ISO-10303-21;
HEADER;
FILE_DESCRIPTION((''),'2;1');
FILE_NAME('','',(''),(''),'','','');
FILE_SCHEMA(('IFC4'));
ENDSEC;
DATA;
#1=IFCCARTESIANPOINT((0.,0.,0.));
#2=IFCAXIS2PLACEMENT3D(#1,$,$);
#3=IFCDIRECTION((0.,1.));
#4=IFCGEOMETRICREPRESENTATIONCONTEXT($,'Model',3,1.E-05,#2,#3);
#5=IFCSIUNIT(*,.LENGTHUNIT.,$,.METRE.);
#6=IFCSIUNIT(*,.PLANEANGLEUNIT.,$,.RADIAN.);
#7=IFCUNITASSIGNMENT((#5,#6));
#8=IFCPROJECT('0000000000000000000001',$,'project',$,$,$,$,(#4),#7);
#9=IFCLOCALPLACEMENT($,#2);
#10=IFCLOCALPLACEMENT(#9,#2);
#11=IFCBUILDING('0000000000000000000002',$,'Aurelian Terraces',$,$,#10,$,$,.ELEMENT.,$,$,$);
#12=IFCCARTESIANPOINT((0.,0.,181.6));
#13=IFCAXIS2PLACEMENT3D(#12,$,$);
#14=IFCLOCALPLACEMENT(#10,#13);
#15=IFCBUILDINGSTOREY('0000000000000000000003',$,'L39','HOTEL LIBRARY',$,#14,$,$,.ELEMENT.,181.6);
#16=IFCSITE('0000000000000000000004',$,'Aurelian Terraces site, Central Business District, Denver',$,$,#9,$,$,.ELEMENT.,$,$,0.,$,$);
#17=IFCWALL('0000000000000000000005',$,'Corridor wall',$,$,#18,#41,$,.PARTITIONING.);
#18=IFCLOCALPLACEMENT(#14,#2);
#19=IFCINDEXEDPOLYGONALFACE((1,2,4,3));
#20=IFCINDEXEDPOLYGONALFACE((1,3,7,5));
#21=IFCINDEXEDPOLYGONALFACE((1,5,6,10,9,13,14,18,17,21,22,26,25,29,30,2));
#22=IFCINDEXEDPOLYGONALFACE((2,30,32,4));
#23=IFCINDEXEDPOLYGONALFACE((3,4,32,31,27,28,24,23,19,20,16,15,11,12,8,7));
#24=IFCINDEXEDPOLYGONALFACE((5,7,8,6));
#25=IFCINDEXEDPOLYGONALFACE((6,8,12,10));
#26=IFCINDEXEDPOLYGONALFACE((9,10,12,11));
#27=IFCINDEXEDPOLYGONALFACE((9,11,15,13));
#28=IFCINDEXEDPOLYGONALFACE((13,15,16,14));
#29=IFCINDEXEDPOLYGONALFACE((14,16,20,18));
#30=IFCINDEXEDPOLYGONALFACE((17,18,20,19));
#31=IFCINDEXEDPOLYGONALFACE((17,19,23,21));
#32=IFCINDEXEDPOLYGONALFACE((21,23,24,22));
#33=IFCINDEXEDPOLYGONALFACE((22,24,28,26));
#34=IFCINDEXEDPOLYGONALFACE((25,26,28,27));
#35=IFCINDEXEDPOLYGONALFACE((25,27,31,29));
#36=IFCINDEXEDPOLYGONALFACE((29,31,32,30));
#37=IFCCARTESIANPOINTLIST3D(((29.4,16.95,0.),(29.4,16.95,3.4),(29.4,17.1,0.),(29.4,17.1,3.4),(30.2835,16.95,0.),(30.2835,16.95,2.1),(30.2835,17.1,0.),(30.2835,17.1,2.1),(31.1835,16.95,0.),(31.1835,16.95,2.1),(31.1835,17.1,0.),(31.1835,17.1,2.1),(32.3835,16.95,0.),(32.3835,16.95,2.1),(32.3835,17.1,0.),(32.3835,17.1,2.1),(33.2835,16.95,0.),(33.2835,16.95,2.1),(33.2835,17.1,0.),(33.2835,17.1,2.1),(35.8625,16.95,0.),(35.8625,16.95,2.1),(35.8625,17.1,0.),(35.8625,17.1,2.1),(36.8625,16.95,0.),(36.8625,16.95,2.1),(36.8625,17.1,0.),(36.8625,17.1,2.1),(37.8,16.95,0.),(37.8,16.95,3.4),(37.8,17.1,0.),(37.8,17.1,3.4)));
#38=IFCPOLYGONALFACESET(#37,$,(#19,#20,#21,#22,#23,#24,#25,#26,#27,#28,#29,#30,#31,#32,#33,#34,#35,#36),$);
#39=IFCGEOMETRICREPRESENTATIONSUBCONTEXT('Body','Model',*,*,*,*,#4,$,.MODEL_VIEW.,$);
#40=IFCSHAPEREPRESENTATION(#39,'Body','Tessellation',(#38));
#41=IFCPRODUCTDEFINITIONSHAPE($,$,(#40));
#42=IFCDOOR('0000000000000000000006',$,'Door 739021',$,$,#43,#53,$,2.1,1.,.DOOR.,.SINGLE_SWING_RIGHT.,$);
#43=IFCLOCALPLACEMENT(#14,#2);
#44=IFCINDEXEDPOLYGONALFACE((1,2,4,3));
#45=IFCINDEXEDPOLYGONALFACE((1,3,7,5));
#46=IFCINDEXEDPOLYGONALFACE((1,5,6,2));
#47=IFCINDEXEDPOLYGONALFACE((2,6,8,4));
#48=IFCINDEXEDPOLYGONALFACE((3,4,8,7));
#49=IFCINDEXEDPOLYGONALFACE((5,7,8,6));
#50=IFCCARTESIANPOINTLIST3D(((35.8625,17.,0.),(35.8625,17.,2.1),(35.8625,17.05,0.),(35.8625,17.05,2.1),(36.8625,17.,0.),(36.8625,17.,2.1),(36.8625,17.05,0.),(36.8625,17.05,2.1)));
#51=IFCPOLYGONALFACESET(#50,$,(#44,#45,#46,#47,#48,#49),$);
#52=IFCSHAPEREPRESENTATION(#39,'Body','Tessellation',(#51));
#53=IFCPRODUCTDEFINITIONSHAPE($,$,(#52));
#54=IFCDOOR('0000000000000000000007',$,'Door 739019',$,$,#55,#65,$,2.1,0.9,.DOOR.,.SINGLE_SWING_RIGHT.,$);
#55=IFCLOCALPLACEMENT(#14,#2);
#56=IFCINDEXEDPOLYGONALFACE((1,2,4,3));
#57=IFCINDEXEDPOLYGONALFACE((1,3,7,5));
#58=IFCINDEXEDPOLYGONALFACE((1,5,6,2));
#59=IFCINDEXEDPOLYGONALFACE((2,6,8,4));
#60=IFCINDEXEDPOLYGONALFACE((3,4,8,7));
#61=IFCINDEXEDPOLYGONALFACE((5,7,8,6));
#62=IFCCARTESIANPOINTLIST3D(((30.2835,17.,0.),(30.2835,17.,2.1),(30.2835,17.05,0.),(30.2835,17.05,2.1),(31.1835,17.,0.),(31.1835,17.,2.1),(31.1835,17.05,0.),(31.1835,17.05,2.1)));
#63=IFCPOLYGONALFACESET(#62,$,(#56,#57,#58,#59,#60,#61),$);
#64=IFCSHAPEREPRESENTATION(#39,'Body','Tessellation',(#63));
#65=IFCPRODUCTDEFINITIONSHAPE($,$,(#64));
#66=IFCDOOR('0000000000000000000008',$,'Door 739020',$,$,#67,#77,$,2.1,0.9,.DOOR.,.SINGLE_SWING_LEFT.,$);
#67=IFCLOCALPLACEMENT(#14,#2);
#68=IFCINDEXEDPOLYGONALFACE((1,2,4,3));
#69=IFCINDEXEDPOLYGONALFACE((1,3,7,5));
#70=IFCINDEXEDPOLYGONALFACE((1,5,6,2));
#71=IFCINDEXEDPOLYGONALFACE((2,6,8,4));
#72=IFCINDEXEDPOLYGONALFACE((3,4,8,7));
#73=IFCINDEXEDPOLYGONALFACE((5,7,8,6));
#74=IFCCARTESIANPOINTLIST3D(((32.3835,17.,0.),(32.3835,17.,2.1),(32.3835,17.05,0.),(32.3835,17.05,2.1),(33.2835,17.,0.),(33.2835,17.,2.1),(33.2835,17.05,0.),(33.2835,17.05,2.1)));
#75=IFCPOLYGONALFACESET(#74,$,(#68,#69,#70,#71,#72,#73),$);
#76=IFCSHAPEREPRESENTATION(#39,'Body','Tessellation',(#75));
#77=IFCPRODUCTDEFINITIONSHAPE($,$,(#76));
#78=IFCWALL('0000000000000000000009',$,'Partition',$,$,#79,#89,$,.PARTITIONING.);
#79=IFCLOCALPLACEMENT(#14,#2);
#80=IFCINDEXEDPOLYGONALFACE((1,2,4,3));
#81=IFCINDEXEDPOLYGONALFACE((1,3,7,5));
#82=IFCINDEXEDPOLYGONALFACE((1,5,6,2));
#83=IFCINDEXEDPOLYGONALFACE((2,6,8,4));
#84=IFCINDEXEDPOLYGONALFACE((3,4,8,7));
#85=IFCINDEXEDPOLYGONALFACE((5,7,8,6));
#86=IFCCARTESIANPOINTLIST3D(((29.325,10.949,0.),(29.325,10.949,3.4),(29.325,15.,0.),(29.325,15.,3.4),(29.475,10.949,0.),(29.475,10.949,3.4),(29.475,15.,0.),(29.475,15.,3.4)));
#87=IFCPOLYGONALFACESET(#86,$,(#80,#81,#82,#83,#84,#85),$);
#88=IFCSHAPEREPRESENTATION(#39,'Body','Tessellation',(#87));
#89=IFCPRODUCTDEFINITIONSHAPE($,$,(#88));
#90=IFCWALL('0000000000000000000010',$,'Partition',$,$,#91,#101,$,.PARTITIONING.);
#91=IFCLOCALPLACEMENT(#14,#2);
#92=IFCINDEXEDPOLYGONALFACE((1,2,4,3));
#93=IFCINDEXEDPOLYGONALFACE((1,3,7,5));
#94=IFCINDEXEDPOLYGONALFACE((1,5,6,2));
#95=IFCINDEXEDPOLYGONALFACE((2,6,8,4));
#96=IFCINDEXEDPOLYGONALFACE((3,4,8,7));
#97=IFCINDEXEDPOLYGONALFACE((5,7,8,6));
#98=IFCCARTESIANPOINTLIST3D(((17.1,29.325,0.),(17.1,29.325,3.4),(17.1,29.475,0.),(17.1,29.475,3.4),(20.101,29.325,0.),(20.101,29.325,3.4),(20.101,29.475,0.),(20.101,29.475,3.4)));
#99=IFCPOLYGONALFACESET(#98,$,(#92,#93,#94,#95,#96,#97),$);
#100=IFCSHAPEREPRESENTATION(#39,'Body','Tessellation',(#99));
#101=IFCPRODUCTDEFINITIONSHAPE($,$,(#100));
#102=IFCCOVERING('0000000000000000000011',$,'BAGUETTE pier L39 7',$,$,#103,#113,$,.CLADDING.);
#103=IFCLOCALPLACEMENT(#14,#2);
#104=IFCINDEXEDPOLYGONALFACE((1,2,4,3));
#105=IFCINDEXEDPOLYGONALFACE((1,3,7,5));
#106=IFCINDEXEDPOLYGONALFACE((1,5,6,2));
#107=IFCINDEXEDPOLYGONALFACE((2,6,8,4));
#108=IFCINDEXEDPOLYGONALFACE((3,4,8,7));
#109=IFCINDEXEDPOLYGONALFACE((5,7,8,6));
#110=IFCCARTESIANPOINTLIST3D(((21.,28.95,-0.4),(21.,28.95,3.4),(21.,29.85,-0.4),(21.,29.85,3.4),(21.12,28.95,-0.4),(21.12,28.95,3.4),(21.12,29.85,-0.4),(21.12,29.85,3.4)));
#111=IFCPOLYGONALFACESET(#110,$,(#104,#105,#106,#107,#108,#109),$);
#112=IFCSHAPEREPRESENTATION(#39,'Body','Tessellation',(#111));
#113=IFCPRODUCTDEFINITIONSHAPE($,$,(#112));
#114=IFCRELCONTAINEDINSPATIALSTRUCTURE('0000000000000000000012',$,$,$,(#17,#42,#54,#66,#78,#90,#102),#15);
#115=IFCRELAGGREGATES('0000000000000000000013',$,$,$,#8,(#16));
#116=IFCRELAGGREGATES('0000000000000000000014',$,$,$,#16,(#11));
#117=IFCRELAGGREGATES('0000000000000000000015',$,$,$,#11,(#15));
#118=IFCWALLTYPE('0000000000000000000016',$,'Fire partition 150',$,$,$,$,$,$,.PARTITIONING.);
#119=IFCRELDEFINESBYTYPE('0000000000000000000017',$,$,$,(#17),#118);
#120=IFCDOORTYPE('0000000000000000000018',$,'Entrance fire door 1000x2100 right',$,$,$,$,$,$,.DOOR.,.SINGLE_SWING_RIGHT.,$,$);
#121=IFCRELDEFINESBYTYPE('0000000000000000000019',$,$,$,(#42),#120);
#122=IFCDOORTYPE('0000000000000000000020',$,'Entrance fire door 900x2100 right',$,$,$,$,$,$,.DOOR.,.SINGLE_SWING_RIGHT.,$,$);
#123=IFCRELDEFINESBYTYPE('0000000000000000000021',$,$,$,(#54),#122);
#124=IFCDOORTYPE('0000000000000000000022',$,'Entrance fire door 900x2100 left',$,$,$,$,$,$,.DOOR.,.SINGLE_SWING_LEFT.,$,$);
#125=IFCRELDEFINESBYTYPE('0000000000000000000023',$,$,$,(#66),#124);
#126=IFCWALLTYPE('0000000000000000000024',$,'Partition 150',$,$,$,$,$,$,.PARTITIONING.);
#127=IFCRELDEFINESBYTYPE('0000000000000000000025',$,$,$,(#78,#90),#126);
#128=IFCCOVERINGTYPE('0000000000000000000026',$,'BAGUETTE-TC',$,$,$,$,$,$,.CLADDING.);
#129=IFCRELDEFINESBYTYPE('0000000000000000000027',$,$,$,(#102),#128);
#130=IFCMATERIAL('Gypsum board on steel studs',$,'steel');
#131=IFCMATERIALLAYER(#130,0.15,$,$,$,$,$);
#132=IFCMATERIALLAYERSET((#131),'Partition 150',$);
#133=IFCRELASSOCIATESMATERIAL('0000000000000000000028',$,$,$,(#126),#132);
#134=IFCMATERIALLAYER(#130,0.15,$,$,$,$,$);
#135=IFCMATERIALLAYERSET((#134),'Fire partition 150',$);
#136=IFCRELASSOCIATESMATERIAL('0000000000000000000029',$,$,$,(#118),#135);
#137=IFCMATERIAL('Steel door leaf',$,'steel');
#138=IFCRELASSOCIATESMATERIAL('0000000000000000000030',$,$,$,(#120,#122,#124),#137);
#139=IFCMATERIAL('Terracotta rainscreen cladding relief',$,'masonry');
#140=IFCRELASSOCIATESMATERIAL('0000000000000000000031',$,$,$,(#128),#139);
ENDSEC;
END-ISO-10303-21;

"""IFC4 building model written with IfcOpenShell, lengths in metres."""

from ifc_helpers import new_model, si_unit, direction, frame, frame_2d, origin, origin_2d, place, context, subcontext, project, spatial, rectangle, extrude, source, transform, mapped, material, layer, layer_set, type_object, element, fill, save


model = new_model("IFC4")

# Units and contexts
model_context = context("Model", 3, precision=1e-05, world=origin(), true_north=direction((0.0, 1.0)))
body_context = subcontext(model_context, "Body", "Model", "MODEL_VIEW")
ifc_project = project(units=[si_unit("LENGTHUNIT", "METRE"), si_unit("PLANEANGLEUNIT", "RADIAN")], contexts=[model_context])

# Site, building, storey
site_placement = place(None, origin())
site = spatial("IfcSite", under=ifc_project, at=site_placement, Name="Aurelian Terraces site, Central Business District, Denver", CompositionType="ELEMENT", RefElevation=0.0)
building_placement = place(site_placement, origin())
building = spatial("IfcBuilding", under=site, at=building_placement, Name="Aurelian Terraces", CompositionType="ELEMENT")
storey_placement = place(building_placement, frame((0.0, 0.0, 181.6)))
storey = spatial("IfcBuildingStorey", under=building, at=storey_placement, Name="L39", Description="HOTEL LIBRARY", CompositionType="ELEMENT", Elevation=181.6)

# Shared definitions
ifc_material_1 = material(Name="Gypsum board on steel studs", Category="steel")
ifc_layer_1 = layer(ifc_material_1, 0.15)
ifc_layer_set_1 = layer_set([ifc_layer_1], Name="Partition 150")
wall_type_1 = type_object("IfcWallType", Name="Partition 150", PredefinedType="PARTITIONING", material=ifc_layer_set_1)
shared_shape_1 = source(origin(), body_context, "Body", "SweptSolid", [
    extrude(rectangle(XDim=0.9, YDim=2.1, at=frame_2d((0.45, 1.05))), frame((0.0, 0.085, 0.0), z_axis=(0.0, -1.0, 0.0), x_axis=(1.0, 0.0, 0.0)), (0.0, 0.0, 1.0), 0.17),
])
shared_shape_2 = source(origin(), body_context, "Body", "SweptSolid", [
    extrude(rectangle(XDim=0.9, YDim=2.1, at=frame_2d((0.45, 1.05))), frame((0.0, 0.025, 0.0), z_axis=(0.0, -1.0, 0.0), x_axis=(1.0, 0.0, 0.0)), (0.0, 0.0, 1.0), 0.05),
])

# Shared definitions
shared_shape_3 = source(origin(), body_context, "Body", "SweptSolid", [
    extrude(rectangle(XDim=1.0, YDim=2.1, at=frame_2d((0.5, 1.05))), frame((0.0, 0.025, 0.0), z_axis=(0.0, -1.0, 0.0), x_axis=(1.0, 0.0, 0.0)), (0.0, 0.0, 1.0), 0.05),
])

# Shared definitions
ifc_layer_2 = layer(ifc_material_1, 0.15)
ifc_layer_set_2 = layer_set([ifc_layer_2], Name="Fire partition 150")
wall_type_2 = type_object("IfcWallType", Name="Fire partition 150", PredefinedType="PARTITIONING", material=ifc_layer_set_2)

# Wall, openings, doors
shared_shape_4 = source(origin(), body_context, "Body", "SweptSolid", [
    extrude(rectangle(XDim=8.4, YDim=0.15, at=frame_2d((4.2, 0.0))), origin(), (0.0, 0.0, 1.0), 3.4),
])
wall_1_placement = place(storey_placement, frame((29.4, 17.025, 0.0), z_axis=(0.0, 0.0, 1.0), x_axis=(1.0, 0.0, 0.0)))
wall_1 = element("IfcWall", 1, at=wall_1_placement, inside=storey, type_object=wall_type_2, Name="Corridor wall", PredefinedType="PARTITIONING", context=body_context, shape_type="MappedRepresentation", body=[
    mapped(shared_shape_4, transform((0.0, 0.0, 0.0), scale=1.0)),
])
opening_1_placement = place(wall_1_placement, frame((0.8835, 0.0, 0.0)))
opening_1 = element("IfcOpeningElement", 2, at=opening_1_placement, cuts=wall_1, PredefinedType="OPENING", context=body_context, shape_type="MappedRepresentation", body=[
    mapped(shared_shape_1, transform((0.0, 0.0, 0.0), scale=1.0)),
])
opening_2_placement = place(wall_1_placement, frame((2.9835, 0.0, 0.0)))
opening_2 = element("IfcOpeningElement", 3, at=opening_2_placement, cuts=wall_1, PredefinedType="OPENING", context=body_context, shape_type="MappedRepresentation", body=[
    mapped(shared_shape_1, transform((0.0, 0.0, 0.0), scale=1.0)),
])
shared_shape_5 = source(origin(), body_context, "Body", "SweptSolid", [
    extrude(rectangle(XDim=1.0, YDim=2.1, at=frame_2d((0.5, 1.05))), frame((0.0, 0.085, 0.0), z_axis=(0.0, -1.0, 0.0), x_axis=(1.0, 0.0, 0.0)), (0.0, 0.0, 1.0), 0.17),
])
opening_3_placement = place(wall_1_placement, frame((6.4625, 0.0, 0.0)))
opening_3 = element("IfcOpeningElement", 4, at=opening_3_placement, cuts=wall_1, PredefinedType="OPENING", context=body_context, shape_type="MappedRepresentation", body=[
    mapped(shared_shape_5, transform((0.0, 0.0, 0.0), scale=1.0)),
])
ifc_material_2 = material(Name="Steel door leaf", Category="steel")
door_type_1 = type_object("IfcDoorType", Name="Entrance fire door 1000x2100 right", OperationType="SINGLE_SWING_RIGHT", PredefinedType="DOOR", material=ifc_material_2)
door_1_placement = place(opening_3_placement, origin())
door_1 = element("IfcDoor", 5, at=door_1_placement, inside=storey, type_object=door_type_1, Name="Door 739021", OperationType="SINGLE_SWING_RIGHT", OverallHeight=2.1, OverallWidth=1.0, PredefinedType="DOOR", context=body_context, shape_type="MappedRepresentation", body=[
    mapped(shared_shape_3, transform((0.0, 0.0, 0.0), scale=1.0)),
])
fill(opening_3, door_1)
door_type_2 = type_object("IfcDoorType", Name="Entrance fire door 900x2100 right", OperationType="SINGLE_SWING_RIGHT", PredefinedType="DOOR", material=ifc_material_2)
door_2_placement = place(opening_1_placement, origin())
door_2 = element("IfcDoor", 6, at=door_2_placement, inside=storey, type_object=door_type_2, Name="Door 739019", OperationType="SINGLE_SWING_RIGHT", OverallHeight=2.1, OverallWidth=0.9, PredefinedType="DOOR", context=body_context, shape_type="MappedRepresentation", body=[
    mapped(shared_shape_2, transform((0.0, 0.0, 0.0), scale=1.0)),
])
fill(opening_1, door_2)
door_type_3 = type_object("IfcDoorType", Name="Entrance fire door 900x2100 left", OperationType="SINGLE_SWING_LEFT", PredefinedType="DOOR", material=ifc_material_2)
door_3_placement = place(opening_2_placement, origin())
door_3 = element("IfcDoor", 7, at=door_3_placement, inside=storey, type_object=door_type_3, Name="Door 739020", OperationType="SINGLE_SWING_LEFT", OverallHeight=2.1, OverallWidth=0.9, PredefinedType="DOOR", context=body_context, shape_type="MappedRepresentation", body=[
    mapped(shared_shape_2, transform((0.0, 0.0, 0.0), scale=1.0)),
])
fill(opening_2, door_3)

# Walls
shared_shape_6 = source(origin(), body_context, "Body", "SweptSolid", [
    extrude(rectangle(XDim=4.051, YDim=0.15, at=frame_2d((2.0255, 0.0))), origin(), (0.0, 0.0, 1.0), 3.4),
])
wall_2_placement = place(storey_placement, frame((29.4, 10.949, 0.0), z_axis=(0.0, 0.0, 1.0), x_axis=(0.0, 1.0, 0.0)))
element("IfcWall", 8, at=wall_2_placement, inside=storey, type_object=wall_type_1, Name="Partition", PredefinedType="PARTITIONING", context=body_context, shape_type="MappedRepresentation", body=[
    mapped(shared_shape_6, transform((0.0, 0.0, 0.0), scale=1.0)),
])
shared_shape_7 = source(origin(), body_context, "Body", "SweptSolid", [
    extrude(rectangle(XDim=3.001, YDim=0.15, at=frame_2d((1.5005, 0.0))), origin(), (0.0, 0.0, 1.0), 3.4),
])
wall_3_placement = place(storey_placement, frame((20.101, 29.4, 0.0), z_axis=(0.0, 0.0, 1.0), x_axis=(-1.0, 0.0, 0.0)))
element("IfcWall", 9, at=wall_3_placement, inside=storey, type_object=wall_type_1, Name="Partition", PredefinedType="PARTITIONING", context=body_context, shape_type="MappedRepresentation", body=[
    mapped(shared_shape_7, transform((0.0, 0.0, 0.0), scale=1.0)),
])

# Covering
ifc_material_3 = material(Name="Terracotta rainscreen cladding relief", Category="masonry")
covering_type = type_object("IfcCoveringType", Name="BAGUETTE-TC", PredefinedType="CLADDING", material=ifc_material_3)
shared_shape_8 = source(origin(), body_context, "Body", "SweptSolid", [
    extrude(rectangle(XDim=0.12, YDim=0.9, at=origin_2d()), origin(), (0.0, 0.0, 1.0), 3.8),
])
covering_placement = place(storey_placement, frame((21.06, 29.4, -0.4), z_axis=(0.0, 0.0, 1.0), x_axis=(1.0, 0.0, 0.0)))
element("IfcCovering", 10, at=covering_placement, inside=storey, type_object=covering_type, Name="BAGUETTE pier L39 7", PredefinedType="CLADDING", context=body_context, shape_type="MappedRepresentation", body=[
    mapped(shared_shape_8, transform((0.0, 0.0, 0.0), scale=1.0)),
])

save(model, "model.ifc")
